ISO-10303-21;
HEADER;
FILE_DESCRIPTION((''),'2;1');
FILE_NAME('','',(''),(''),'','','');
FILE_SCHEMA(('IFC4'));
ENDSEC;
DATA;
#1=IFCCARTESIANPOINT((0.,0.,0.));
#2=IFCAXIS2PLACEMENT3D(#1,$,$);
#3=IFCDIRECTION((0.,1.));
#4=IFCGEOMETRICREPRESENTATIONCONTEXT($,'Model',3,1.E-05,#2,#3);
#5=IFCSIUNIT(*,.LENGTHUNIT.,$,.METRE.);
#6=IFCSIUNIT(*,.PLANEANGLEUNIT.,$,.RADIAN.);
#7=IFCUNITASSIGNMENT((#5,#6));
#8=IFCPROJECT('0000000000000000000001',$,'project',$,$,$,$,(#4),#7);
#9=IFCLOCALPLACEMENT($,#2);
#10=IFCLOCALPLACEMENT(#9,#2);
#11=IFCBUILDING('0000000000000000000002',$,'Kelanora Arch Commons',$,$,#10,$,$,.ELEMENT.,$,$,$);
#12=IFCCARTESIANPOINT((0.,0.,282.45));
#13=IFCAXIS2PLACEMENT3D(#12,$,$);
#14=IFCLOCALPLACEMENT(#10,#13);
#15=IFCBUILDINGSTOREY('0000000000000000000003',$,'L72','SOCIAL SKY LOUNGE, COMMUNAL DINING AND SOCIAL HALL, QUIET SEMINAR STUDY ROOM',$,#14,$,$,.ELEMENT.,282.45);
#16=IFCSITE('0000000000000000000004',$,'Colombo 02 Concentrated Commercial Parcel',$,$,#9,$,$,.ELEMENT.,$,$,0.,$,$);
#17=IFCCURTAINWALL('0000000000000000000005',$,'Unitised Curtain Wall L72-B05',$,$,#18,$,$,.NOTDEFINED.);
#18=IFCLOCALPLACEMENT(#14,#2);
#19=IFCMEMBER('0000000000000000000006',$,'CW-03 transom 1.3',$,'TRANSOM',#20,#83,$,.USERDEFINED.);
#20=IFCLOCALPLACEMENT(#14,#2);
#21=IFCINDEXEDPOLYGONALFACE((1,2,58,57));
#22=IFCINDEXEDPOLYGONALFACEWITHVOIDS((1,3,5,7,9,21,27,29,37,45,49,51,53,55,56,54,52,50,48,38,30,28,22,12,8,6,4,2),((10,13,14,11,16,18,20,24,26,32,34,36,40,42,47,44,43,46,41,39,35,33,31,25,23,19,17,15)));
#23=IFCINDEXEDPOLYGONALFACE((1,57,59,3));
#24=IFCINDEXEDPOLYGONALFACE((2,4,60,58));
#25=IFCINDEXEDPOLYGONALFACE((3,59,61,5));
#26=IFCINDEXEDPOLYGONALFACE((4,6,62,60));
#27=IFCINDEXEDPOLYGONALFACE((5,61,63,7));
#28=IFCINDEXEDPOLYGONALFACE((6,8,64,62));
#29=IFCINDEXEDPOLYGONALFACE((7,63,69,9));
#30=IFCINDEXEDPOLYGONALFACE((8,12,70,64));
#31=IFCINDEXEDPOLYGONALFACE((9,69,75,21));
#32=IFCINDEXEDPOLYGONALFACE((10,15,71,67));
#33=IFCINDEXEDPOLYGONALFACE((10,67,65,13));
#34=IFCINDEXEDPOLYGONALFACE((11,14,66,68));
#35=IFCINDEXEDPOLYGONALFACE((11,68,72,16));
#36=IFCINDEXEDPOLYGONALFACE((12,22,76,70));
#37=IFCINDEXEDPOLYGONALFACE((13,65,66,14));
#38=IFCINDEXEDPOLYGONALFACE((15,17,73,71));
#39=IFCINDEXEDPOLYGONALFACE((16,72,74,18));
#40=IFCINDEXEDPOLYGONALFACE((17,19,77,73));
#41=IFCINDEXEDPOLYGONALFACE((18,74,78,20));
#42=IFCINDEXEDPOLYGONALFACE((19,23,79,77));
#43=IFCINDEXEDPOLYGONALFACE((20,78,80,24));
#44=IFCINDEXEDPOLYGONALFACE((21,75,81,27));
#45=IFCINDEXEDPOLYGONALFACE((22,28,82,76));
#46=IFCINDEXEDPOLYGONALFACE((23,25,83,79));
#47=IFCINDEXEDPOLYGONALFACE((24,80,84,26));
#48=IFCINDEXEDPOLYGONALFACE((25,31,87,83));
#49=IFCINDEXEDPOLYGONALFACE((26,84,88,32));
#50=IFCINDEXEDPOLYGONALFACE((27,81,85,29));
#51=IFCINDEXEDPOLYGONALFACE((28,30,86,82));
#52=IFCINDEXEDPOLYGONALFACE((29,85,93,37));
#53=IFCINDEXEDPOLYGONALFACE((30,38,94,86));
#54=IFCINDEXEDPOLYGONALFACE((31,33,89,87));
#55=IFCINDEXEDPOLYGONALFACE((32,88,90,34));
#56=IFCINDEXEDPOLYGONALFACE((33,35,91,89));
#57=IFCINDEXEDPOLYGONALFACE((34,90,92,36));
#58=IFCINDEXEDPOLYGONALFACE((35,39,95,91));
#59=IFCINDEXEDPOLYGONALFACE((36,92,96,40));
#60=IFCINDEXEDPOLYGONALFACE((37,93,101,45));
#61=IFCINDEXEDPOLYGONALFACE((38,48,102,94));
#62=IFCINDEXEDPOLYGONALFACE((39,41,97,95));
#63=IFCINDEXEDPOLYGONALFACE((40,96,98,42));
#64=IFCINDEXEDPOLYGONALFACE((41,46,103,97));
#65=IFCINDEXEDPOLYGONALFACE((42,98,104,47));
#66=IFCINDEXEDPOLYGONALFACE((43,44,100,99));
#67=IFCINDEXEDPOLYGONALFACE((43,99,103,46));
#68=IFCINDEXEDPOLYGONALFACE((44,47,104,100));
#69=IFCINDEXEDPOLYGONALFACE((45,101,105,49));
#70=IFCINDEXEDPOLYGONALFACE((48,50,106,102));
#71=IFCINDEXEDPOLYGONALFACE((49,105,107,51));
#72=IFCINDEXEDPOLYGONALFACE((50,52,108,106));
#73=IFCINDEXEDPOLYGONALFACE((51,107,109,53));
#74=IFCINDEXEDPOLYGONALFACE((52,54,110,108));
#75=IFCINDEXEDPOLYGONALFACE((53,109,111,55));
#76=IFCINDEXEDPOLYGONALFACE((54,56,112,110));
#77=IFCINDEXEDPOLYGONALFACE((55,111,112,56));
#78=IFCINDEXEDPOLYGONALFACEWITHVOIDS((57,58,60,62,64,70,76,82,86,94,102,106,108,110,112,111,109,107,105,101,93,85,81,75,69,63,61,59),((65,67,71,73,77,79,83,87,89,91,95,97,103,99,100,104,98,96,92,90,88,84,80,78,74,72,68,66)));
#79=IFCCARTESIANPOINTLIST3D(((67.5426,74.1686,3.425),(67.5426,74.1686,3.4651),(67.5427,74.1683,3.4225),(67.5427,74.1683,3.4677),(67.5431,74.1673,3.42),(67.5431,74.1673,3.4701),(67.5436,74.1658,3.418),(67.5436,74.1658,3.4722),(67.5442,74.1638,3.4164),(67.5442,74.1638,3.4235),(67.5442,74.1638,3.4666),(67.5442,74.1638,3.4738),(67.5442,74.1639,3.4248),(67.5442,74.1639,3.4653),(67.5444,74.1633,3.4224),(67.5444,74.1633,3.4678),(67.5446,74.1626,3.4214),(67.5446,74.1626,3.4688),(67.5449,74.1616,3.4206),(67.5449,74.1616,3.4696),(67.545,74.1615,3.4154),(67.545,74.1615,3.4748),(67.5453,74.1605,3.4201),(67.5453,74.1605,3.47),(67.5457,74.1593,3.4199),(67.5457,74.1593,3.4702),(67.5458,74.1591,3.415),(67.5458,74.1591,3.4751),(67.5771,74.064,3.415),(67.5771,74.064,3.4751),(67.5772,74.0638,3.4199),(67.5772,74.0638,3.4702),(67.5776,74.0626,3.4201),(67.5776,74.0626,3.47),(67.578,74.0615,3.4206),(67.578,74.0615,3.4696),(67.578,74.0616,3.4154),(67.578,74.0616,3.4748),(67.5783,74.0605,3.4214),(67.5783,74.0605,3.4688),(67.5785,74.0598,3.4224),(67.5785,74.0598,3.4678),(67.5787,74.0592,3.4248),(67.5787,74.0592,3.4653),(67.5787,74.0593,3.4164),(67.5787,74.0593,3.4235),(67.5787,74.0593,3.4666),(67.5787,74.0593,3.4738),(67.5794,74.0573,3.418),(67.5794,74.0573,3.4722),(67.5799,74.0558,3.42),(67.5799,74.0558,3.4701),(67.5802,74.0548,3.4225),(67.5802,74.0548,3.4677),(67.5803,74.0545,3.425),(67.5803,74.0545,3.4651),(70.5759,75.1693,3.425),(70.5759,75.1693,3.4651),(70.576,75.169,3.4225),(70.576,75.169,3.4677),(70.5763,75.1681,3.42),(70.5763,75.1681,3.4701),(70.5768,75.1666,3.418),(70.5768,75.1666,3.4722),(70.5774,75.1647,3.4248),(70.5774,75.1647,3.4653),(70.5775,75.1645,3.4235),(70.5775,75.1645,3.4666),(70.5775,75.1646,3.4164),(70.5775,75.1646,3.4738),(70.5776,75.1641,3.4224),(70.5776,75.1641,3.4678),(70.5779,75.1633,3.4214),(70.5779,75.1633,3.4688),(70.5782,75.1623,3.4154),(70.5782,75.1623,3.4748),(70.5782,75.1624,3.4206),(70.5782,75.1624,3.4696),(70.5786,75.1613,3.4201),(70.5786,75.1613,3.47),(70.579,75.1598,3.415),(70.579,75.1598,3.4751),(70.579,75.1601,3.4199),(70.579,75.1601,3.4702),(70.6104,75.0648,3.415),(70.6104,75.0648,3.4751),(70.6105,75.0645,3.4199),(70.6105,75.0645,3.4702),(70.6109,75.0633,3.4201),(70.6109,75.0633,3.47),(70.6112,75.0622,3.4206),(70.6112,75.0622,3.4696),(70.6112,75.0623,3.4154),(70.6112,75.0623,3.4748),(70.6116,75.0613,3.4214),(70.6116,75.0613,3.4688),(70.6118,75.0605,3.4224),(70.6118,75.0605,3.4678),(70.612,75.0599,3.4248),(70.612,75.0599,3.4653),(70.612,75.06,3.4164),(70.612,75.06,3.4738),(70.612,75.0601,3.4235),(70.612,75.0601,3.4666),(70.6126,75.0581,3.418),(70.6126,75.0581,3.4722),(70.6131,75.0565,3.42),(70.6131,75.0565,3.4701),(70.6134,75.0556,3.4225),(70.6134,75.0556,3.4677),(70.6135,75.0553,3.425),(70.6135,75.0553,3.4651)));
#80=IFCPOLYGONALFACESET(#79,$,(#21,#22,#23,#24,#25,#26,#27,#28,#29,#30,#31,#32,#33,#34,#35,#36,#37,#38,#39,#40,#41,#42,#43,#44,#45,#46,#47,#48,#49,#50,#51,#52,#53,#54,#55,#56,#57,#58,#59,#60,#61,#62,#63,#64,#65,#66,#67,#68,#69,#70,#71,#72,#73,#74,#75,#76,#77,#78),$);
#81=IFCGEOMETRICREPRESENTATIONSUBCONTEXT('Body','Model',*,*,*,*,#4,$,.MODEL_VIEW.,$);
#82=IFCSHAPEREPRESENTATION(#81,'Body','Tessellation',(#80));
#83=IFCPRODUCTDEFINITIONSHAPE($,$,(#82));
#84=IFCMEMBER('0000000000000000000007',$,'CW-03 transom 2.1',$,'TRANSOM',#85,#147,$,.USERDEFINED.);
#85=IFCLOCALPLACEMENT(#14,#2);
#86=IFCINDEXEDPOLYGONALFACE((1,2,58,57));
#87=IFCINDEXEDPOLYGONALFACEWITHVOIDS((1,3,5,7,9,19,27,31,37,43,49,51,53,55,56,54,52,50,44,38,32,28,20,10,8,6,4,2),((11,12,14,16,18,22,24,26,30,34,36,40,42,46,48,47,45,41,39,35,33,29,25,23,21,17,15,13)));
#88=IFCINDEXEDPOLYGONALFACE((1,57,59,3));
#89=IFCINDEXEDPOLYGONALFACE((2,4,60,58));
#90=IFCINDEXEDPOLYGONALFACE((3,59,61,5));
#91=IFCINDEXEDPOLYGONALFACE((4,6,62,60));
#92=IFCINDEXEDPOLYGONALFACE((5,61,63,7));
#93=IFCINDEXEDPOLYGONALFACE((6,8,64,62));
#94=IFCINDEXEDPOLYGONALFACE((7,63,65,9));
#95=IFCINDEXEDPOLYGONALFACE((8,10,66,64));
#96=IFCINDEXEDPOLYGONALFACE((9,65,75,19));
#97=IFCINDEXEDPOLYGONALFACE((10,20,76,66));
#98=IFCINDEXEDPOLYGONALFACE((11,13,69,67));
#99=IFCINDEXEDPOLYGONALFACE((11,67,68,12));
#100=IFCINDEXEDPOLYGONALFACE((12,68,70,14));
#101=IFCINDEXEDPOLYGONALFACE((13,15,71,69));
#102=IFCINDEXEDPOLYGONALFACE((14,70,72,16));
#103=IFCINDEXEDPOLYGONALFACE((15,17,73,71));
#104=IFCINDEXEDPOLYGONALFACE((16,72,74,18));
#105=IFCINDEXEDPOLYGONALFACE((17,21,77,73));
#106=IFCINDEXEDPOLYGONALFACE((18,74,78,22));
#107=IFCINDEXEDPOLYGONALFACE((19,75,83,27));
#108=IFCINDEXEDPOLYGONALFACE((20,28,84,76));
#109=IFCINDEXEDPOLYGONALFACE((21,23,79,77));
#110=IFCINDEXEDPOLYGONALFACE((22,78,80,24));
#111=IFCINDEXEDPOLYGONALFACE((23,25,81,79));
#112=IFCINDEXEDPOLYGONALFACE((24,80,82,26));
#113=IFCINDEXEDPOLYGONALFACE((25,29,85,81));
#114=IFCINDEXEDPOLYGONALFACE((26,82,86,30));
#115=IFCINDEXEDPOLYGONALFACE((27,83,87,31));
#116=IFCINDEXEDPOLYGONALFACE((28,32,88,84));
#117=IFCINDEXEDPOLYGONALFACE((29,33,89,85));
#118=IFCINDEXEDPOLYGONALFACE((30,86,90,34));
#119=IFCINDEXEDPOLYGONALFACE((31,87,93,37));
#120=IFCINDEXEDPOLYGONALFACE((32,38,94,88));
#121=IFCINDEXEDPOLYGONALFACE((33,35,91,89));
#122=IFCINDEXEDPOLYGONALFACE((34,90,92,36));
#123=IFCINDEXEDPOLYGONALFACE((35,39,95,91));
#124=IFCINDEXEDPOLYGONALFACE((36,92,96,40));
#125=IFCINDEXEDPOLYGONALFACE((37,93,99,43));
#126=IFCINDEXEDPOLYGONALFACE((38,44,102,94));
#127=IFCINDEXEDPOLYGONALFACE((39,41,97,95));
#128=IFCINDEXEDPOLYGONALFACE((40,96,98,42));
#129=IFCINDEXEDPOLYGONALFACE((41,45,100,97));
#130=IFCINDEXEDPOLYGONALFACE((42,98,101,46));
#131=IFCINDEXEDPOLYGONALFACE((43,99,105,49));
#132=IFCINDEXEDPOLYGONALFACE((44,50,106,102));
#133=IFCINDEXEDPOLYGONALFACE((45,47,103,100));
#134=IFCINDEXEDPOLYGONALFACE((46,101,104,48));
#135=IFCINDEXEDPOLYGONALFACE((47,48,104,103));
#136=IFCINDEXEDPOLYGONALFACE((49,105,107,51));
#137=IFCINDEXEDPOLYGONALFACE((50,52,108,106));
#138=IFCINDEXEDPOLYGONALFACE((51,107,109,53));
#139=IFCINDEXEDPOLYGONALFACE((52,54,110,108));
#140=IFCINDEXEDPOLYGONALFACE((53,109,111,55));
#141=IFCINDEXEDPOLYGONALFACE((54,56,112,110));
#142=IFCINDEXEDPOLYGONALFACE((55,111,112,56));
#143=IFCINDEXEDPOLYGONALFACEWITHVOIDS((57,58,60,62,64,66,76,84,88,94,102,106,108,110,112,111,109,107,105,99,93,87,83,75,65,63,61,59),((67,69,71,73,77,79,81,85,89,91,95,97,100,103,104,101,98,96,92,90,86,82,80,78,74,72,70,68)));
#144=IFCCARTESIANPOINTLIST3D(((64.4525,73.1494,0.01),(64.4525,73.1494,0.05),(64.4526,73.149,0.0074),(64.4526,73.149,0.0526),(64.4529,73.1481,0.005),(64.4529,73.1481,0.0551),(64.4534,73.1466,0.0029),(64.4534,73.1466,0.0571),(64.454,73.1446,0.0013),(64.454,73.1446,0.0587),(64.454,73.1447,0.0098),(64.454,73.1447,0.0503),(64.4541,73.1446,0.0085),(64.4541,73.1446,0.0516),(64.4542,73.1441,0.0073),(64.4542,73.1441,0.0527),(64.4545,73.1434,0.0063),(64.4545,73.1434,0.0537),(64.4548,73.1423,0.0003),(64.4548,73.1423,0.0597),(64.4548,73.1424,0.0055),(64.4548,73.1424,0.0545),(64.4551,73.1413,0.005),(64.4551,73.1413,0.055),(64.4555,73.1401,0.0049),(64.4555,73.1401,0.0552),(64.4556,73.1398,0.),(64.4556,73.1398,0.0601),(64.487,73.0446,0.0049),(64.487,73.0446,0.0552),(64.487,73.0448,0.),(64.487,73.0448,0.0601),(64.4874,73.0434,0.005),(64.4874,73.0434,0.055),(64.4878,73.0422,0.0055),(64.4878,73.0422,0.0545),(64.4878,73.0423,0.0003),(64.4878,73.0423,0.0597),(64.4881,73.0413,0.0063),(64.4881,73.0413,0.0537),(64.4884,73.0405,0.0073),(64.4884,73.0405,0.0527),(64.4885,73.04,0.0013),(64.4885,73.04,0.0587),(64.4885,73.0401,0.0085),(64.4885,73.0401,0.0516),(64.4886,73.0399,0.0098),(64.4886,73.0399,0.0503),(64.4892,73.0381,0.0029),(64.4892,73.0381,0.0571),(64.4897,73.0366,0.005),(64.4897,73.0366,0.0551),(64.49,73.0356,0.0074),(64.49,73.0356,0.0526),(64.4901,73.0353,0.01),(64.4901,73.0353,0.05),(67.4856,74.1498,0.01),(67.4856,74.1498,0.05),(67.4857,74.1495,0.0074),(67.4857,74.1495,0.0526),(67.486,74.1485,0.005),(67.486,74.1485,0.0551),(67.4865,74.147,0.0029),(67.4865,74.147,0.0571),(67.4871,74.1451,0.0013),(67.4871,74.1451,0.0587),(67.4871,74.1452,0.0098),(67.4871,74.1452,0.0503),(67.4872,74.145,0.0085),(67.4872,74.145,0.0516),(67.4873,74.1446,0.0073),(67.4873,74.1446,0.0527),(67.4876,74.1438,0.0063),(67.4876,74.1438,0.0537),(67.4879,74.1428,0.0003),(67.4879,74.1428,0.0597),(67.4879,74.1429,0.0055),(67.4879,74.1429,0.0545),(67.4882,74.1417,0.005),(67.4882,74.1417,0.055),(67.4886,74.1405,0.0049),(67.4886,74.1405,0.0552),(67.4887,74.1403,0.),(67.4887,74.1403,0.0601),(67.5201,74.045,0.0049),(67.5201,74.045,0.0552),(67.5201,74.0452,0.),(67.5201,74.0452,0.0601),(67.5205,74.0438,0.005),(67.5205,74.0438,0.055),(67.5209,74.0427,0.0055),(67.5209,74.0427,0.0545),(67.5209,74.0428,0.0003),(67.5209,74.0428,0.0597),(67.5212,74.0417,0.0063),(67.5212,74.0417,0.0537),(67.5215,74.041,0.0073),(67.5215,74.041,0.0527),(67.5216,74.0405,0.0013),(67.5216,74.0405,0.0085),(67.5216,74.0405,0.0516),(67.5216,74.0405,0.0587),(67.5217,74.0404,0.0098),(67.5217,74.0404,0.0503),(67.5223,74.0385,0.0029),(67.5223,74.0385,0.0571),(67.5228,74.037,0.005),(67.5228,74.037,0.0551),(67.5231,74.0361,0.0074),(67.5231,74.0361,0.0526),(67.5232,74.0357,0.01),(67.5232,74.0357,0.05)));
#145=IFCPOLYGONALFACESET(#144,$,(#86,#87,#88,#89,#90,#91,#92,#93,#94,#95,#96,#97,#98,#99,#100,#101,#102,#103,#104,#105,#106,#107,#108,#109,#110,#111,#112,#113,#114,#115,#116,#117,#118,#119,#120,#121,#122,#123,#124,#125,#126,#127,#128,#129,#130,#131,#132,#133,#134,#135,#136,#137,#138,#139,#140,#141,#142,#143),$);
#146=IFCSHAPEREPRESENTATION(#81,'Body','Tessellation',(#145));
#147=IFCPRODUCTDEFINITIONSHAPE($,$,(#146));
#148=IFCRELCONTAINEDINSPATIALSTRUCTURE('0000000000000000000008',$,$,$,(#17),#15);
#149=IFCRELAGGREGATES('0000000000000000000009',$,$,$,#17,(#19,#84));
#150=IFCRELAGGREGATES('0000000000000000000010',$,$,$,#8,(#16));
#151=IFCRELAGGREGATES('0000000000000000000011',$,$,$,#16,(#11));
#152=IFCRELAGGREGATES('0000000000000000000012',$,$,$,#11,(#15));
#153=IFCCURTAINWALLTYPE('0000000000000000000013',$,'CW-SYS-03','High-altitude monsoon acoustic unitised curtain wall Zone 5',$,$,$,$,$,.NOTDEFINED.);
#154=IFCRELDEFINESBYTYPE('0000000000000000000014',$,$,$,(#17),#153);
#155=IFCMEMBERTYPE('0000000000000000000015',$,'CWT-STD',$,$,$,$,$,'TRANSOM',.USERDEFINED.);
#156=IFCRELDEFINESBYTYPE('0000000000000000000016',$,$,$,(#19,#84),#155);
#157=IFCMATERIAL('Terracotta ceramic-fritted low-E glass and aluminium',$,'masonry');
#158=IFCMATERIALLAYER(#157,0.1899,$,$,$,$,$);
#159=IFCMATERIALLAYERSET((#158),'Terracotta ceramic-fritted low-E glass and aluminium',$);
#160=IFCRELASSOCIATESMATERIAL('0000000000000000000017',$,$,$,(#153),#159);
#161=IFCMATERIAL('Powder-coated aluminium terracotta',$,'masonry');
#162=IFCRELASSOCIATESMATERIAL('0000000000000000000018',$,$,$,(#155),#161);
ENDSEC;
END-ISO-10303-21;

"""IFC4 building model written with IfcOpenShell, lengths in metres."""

from ifc_helpers import new_model, si_unit, direction, frame, origin, origin_2d, place, context, subcontext, project, spatial, hollow_rectangle, extrude, material, layer, layer_set, material_profile, profile_set, type_object, element, aggregate, save


model = new_model("IFC4")

# Units and contexts
model_context = context("Model", 3, precision=1e-05, world=origin(), true_north=direction((0.0, 1.0)))
body_context = subcontext(model_context, "Body", "Model", "MODEL_VIEW")
ifc_project = project(units=[si_unit("LENGTHUNIT", "METRE"), si_unit("PLANEANGLEUNIT", "RADIAN")], contexts=[model_context])

# Site, building, storey
site_placement = place(None, origin())
site = spatial("IfcSite", under=ifc_project, at=site_placement, Name="Colombo 02 Concentrated Commercial Parcel", CompositionType="ELEMENT", RefElevation=0.0)
building_placement = place(site_placement, origin())
building = spatial("IfcBuilding", under=site, at=building_placement, Name="Kelanora Arch Commons", CompositionType="ELEMENT")
storey_placement = place(building_placement, frame((0.0, 0.0, 282.45)))
storey = spatial("IfcBuildingStorey", under=building, at=storey_placement, Name="L72", Description="SOCIAL SKY LOUNGE, COMMUNAL DINING AND SOCIAL HALL, QUIET SEMINAR STUDY ROOM", CompositionType="ELEMENT", Elevation=282.45)

# Curtain wall, members
ifc_material_1 = material(Name="Terracotta ceramic-fritted low-E glass and aluminium", Category="masonry")
ifc_layer_1 = layer(ifc_material_1, 0.1899)
ifc_layer_set_1 = layer_set([ifc_layer_1], Name="Terracotta ceramic-fritted low-E glass and aluminium")
curtain_wall_type = type_object("IfcCurtainWallType", Name="CW-SYS-03", Description="High-altitude monsoon acoustic unitised curtain wall Zone 5", PredefinedType="NOTDEFINED", material=ifc_layer_set_1)
curtain_wall_placement = place(storey_placement, origin())
curtain_wall = element("IfcCurtainWall", 1, at=curtain_wall_placement, inside=storey, type_object=curtain_wall_type, Name="Unitised Curtain Wall L72-B05", PredefinedType="NOTDEFINED")
ifc_material_2 = material(Name="Powder-coated aluminium terracotta", Category="masonry")
ifc_material_profile_1 = material_profile(ifc_material_2, hollow_rectangle(XDim=0.1201, YDim=0.0601, WallThickness=0.0049, InnerFilletRadius=0.0049, OuterFilletRadius=0.01, at=origin_2d()), Name="CWT120x60")
ifc_profile_set_1 = profile_set([ifc_material_profile_1], Name="Powder-coated aluminium terracotta")
member_type_1 = type_object("IfcMemberType", Name="CWT-STD", ElementType="TRANSOM", PredefinedType="USERDEFINED", material=ifc_profile_set_1)
member_1_placement = place(storey_placement, frame((70.5947, 75.1123, 3.4451), z_axis=(-0.94965, -0.313314, 0.0), x_axis=(0.313314, -0.94965, 0.0)))
member_1 = element("IfcMember", 2, at=member_1_placement, type_object=member_type_1, Name="CW-03 transom 1.3", ObjectType="TRANSOM", PredefinedType="USERDEFINED", context=body_context, shape_type="SweptSolid", body=[
    extrude(hollow_rectangle(XDim=0.1201, YDim=0.0601, WallThickness=0.0049, InnerFilletRadius=0.0049, OuterFilletRadius=0.01, at=origin_2d()), origin(), (0.0, 0.0, 1.0), 3.1941),
])
member_2_placement = place(storey_placement, frame((67.5044, 74.0928, 0.03), z_axis=(-0.949672, -0.313245, 0.0), x_axis=(0.313245, -0.949672, 0.0)))
member_2 = element("IfcMember", 3, at=member_2_placement, type_object=member_type_1, Name="CW-03 transom 2.1", ObjectType="TRANSOM", PredefinedType="USERDEFINED", context=body_context, shape_type="SweptSolid", body=[
    extrude(hollow_rectangle(XDim=0.1201, YDim=0.0601, WallThickness=0.0049, InnerFilletRadius=0.0049, OuterFilletRadius=0.01, at=origin_2d()), origin(), (0.0, 0.0, 1.0), 3.1938),
])
aggregate(curtain_wall, [member_1, member_2])

save(model, "model.ifc")
